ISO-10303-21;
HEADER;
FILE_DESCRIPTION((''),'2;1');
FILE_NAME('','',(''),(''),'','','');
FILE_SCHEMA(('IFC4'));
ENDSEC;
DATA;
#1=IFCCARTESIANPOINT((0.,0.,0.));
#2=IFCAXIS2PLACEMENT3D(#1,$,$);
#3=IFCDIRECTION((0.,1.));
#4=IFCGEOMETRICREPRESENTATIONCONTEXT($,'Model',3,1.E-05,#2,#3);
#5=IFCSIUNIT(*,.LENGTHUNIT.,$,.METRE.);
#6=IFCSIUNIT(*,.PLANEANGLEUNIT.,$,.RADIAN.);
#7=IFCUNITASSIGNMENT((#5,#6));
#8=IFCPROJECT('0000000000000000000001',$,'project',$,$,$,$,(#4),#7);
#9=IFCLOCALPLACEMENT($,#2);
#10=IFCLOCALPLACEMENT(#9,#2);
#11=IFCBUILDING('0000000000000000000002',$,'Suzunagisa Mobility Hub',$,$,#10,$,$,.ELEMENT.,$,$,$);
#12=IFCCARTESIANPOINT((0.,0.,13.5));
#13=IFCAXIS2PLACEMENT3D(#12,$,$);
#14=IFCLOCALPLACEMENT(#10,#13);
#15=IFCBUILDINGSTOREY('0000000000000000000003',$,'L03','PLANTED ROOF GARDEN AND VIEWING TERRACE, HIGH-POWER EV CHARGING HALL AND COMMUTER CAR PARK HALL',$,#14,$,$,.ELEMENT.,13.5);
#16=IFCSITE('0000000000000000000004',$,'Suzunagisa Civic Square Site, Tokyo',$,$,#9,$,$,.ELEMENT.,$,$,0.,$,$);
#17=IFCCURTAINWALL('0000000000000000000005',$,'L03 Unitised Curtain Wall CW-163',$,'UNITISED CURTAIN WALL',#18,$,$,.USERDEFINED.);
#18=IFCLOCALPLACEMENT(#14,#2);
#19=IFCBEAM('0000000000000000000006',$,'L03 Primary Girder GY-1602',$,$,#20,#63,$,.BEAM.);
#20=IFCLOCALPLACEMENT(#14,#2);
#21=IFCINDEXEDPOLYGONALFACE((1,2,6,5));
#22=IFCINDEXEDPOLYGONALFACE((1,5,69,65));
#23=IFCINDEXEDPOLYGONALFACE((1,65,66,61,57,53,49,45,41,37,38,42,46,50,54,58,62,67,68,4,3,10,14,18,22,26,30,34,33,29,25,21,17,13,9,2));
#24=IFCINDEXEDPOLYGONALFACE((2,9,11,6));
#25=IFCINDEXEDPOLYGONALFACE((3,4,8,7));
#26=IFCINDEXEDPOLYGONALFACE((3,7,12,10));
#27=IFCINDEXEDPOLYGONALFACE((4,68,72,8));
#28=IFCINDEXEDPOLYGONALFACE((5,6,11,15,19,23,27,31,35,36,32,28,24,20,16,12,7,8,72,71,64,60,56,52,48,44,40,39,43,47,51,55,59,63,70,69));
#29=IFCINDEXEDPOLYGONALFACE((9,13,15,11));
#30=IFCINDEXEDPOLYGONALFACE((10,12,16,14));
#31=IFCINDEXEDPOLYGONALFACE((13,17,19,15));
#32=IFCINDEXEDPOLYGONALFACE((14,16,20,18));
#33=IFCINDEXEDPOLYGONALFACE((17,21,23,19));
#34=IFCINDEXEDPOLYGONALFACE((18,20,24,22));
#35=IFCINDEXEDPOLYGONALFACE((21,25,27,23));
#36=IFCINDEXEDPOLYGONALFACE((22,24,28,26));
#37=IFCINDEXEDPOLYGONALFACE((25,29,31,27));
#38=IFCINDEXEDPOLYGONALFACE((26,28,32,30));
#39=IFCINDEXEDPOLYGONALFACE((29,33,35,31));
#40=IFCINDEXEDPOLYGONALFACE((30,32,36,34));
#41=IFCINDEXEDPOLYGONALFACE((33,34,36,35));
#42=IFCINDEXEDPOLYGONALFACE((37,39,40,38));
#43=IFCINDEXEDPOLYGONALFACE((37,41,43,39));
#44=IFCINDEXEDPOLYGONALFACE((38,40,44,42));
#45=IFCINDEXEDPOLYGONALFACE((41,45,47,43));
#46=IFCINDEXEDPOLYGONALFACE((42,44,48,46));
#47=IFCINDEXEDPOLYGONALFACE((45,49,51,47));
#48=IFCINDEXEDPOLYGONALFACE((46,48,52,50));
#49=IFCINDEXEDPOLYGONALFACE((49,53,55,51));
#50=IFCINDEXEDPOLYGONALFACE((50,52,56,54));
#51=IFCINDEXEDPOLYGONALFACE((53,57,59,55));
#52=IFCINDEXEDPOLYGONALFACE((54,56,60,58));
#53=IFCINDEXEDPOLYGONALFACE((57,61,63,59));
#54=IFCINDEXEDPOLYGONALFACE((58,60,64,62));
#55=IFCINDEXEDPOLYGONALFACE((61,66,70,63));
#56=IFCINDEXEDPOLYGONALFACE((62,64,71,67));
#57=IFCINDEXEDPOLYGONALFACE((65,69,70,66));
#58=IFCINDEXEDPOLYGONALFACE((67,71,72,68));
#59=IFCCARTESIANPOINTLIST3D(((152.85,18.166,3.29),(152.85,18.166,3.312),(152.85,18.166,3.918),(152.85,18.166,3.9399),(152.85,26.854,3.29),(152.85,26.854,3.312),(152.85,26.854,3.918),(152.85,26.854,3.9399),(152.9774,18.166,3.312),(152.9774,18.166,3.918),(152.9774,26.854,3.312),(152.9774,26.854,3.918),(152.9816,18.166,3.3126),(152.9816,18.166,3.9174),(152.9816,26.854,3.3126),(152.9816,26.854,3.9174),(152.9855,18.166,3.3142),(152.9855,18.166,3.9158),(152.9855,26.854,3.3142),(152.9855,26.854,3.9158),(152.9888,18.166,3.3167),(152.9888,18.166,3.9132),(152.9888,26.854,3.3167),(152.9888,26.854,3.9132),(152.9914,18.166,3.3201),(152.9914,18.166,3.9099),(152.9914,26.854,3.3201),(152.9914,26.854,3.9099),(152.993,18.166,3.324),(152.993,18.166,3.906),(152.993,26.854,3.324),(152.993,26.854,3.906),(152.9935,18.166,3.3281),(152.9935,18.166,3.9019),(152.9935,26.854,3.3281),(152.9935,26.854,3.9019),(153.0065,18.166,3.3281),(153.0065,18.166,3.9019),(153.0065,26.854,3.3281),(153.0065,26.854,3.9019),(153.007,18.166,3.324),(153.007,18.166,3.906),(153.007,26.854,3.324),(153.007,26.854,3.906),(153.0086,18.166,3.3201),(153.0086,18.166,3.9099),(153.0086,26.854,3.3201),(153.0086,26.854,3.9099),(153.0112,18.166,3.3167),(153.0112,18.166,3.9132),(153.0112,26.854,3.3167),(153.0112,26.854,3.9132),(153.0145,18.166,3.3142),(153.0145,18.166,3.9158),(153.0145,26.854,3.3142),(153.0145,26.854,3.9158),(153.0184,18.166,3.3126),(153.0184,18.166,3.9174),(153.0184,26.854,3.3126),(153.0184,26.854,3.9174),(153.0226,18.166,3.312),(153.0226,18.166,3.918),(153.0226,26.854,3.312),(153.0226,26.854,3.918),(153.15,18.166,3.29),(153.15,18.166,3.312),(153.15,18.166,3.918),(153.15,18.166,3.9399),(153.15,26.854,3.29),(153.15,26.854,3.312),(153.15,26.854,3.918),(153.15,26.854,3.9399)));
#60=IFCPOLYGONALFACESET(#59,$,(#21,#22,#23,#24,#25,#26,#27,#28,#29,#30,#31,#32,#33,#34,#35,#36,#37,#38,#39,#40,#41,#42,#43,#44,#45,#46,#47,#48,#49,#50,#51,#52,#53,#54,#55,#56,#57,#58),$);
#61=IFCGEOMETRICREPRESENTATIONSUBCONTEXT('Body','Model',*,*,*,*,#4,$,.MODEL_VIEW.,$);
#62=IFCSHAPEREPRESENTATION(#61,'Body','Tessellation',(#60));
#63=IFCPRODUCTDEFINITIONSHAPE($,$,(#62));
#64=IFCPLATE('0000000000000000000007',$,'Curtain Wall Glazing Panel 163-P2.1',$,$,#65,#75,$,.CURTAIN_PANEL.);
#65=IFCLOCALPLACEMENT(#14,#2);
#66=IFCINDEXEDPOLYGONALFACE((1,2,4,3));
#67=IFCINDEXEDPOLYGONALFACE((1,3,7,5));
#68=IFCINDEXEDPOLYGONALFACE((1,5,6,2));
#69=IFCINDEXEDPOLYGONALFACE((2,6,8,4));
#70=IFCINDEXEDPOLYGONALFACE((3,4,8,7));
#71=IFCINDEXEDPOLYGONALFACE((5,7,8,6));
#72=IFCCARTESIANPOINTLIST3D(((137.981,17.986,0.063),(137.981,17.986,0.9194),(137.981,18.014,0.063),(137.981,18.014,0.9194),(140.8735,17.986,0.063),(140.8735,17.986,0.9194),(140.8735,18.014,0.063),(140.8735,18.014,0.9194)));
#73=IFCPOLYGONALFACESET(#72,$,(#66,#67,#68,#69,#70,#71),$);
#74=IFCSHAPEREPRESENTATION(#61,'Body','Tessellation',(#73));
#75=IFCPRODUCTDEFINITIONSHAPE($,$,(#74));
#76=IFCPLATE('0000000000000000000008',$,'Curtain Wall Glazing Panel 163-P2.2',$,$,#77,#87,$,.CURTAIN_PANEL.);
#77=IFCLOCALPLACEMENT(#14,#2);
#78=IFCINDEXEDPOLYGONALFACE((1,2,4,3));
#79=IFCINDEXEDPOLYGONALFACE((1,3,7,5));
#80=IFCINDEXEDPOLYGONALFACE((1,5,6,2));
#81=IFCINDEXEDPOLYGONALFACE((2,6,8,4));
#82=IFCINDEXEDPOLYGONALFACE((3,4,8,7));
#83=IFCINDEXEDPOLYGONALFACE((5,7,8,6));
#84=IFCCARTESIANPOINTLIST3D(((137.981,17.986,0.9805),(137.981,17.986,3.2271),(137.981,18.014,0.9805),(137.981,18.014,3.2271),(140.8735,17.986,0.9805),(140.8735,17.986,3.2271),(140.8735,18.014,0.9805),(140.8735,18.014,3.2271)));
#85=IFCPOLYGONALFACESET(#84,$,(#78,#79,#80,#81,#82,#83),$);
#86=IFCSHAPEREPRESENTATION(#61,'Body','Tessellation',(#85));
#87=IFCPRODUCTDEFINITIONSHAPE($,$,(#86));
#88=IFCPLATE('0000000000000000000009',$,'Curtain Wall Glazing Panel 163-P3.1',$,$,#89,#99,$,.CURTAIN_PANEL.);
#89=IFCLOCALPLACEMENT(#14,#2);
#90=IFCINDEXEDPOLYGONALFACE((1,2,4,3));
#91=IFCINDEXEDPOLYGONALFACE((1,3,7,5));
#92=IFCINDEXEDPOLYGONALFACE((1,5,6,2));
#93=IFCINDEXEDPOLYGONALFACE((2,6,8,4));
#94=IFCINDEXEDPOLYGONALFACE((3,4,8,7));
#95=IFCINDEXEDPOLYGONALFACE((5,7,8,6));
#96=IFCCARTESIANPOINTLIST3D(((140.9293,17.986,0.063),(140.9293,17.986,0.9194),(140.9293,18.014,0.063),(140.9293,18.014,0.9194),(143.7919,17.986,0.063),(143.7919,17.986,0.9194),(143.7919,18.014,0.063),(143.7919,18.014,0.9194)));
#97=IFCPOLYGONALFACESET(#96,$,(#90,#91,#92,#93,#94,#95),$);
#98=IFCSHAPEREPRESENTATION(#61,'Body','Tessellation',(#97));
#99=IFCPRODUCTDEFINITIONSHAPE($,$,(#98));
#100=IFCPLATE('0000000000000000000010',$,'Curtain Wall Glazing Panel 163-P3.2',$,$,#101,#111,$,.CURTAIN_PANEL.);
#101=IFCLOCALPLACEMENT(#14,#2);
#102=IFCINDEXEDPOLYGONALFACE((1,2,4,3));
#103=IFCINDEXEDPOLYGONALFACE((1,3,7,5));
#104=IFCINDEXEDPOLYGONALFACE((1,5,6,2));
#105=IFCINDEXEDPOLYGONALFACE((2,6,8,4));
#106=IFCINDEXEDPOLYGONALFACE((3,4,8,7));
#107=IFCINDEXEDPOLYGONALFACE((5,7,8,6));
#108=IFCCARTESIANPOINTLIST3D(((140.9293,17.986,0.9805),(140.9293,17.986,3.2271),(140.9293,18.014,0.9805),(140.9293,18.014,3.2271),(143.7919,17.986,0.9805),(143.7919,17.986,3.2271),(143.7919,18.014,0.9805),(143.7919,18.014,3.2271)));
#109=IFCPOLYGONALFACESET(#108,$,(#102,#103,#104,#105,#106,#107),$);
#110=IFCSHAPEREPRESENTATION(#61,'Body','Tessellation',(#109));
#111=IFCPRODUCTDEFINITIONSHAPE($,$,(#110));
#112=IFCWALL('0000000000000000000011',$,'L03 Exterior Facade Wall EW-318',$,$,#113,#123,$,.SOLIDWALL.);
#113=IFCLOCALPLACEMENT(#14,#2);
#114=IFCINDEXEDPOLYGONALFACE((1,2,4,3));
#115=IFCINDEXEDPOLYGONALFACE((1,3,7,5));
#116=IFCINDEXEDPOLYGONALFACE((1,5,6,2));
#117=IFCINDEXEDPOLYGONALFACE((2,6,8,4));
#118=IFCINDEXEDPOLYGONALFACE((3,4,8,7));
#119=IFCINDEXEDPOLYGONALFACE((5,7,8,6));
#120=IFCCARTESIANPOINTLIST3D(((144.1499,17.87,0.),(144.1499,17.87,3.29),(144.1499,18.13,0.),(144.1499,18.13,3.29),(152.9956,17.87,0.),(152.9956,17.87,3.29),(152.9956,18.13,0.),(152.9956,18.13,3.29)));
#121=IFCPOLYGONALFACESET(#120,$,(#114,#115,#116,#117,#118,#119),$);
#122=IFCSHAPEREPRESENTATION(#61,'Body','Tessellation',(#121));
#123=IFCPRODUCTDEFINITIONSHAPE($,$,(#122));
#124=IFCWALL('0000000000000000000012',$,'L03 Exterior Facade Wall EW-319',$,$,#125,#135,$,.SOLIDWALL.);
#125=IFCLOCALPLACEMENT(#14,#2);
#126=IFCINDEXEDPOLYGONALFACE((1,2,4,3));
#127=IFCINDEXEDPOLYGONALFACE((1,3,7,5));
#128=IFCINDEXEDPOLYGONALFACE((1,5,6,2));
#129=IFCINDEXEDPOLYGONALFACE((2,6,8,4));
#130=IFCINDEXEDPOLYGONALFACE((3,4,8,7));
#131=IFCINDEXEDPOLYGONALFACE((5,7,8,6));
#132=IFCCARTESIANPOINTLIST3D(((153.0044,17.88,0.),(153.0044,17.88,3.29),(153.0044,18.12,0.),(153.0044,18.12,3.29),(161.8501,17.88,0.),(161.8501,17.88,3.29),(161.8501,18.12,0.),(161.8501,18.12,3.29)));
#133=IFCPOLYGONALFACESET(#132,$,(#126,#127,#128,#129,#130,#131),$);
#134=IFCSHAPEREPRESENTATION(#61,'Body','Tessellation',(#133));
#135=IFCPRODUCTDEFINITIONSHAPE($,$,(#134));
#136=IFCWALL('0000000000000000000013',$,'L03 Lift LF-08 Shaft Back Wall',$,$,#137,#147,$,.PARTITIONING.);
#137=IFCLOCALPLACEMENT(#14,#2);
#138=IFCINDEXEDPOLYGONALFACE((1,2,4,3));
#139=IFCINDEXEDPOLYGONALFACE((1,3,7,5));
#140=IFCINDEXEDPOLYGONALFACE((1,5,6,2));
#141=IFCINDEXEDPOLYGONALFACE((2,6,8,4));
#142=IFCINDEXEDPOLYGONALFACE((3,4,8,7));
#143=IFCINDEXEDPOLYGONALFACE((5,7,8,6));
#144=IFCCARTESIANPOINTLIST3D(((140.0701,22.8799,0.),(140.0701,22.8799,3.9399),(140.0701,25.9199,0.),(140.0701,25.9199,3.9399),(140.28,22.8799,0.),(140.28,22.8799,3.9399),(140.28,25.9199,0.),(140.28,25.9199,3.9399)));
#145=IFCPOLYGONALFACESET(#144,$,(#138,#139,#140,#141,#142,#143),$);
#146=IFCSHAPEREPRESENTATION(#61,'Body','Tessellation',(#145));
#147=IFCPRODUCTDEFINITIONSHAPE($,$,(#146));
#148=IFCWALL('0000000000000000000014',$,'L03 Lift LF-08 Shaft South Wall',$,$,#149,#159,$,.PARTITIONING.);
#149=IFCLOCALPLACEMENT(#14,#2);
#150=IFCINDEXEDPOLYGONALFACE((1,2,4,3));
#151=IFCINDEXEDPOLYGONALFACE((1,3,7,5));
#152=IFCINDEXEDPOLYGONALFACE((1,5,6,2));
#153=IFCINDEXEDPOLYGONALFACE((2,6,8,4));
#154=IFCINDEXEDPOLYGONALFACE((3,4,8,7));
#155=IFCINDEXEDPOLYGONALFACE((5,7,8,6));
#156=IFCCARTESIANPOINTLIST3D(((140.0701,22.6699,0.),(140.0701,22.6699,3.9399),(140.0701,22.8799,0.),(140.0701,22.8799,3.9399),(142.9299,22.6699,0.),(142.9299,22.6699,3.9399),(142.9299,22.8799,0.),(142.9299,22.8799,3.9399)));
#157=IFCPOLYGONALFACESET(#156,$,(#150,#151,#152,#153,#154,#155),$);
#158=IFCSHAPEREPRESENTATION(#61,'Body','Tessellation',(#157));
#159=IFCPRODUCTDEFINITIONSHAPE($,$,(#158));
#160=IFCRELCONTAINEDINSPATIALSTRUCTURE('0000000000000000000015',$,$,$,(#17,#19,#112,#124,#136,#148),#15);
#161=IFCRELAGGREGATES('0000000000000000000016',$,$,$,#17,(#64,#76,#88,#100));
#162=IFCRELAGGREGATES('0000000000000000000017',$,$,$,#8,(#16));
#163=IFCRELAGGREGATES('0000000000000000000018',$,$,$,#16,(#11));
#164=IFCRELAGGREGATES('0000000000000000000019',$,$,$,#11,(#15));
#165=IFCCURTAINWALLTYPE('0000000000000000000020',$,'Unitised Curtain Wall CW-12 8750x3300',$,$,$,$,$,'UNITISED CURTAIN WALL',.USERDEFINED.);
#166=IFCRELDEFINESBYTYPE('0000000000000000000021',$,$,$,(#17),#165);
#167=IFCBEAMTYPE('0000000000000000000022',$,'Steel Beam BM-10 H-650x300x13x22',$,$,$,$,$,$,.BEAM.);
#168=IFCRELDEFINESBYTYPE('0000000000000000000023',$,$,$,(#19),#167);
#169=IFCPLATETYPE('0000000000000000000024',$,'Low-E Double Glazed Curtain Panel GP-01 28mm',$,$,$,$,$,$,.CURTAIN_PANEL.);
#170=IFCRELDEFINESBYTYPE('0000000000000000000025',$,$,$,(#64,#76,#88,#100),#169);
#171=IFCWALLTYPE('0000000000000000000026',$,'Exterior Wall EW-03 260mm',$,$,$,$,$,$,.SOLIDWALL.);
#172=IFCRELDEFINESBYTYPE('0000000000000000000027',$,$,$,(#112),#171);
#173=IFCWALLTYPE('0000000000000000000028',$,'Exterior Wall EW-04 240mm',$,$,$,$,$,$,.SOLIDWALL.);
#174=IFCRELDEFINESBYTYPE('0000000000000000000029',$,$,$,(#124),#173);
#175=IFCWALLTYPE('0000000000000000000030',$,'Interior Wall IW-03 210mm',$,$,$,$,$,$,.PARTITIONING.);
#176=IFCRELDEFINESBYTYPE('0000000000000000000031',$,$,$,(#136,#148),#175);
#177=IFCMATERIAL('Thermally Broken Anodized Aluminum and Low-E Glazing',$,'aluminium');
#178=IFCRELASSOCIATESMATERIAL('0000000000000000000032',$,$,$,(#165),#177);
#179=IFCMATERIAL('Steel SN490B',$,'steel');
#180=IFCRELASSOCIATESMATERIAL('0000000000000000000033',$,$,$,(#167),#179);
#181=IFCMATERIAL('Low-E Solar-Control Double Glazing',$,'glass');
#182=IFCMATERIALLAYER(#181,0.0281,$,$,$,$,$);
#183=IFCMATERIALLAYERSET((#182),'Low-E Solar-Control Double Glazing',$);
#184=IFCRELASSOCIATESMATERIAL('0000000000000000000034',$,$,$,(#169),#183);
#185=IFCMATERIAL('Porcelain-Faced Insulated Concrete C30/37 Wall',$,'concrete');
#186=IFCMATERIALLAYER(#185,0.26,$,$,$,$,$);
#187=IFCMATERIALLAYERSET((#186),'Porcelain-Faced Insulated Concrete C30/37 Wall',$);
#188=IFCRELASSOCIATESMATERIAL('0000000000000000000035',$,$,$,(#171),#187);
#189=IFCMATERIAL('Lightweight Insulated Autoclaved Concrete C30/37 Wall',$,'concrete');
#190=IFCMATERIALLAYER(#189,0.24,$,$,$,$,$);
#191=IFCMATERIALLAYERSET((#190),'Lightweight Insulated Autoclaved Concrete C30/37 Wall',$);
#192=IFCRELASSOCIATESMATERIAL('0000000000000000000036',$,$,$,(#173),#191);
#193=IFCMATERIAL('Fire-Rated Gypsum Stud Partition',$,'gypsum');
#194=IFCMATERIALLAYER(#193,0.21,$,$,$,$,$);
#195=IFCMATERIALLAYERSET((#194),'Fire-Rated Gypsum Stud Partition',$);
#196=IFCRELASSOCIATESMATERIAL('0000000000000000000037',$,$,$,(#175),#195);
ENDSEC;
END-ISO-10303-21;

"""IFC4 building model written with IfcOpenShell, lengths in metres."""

from ifc_helpers import new_model, si_unit, direction, frame, frame_2d, origin, origin_2d, place, context, subcontext, project, spatial, rectangle, i_section, extrude, material, layer, layer_set, material_profile, profile_set, type_object, element, aggregate, save


model = new_model("IFC4")

# Units and contexts
model_context = context("Model", 3, precision=1e-05, world=origin(), true_north=direction((0.0, 1.0)))
body_context = subcontext(model_context, "Body", "Model", "MODEL_VIEW")
ifc_project = project(units=[si_unit("LENGTHUNIT", "METRE"), si_unit("PLANEANGLEUNIT", "RADIAN")], contexts=[model_context])

# Site, building, storey
site_placement = place(None, origin())
site = spatial("IfcSite", under=ifc_project, at=site_placement, Name="Suzunagisa Civic Square Site, Tokyo", CompositionType="ELEMENT", RefElevation=0.0)
building_placement = place(site_placement, origin())
building = spatial("IfcBuilding", under=site, at=building_placement, Name="Suzunagisa Mobility Hub", CompositionType="ELEMENT")
storey_placement = place(building_placement, frame((0.0, 0.0, 13.5)))
storey = spatial("IfcBuildingStorey", under=building, at=storey_placement, Name="L03", Description="PLANTED ROOF GARDEN AND VIEWING TERRACE, HIGH-POWER EV CHARGING HALL AND COMMUTER CAR PARK HALL", CompositionType="ELEMENT", Elevation=13.5)

# Shared definitions
ifc_material_1 = material(Name="Steel SN490B", Category="steel")

# Curtain wall
ifc_material_2 = material(Name="Thermally Broken Anodized Aluminum and Low-E Glazing", Category="aluminium")
curtain_wall_type = type_object("IfcCurtainWallType", Name="Unitised Curtain Wall CW-12 8750x3300", ElementType="UNITISED CURTAIN WALL", PredefinedType="USERDEFINED", material=ifc_material_2)
curtain_wall_placement = place(storey_placement, origin())
curtain_wall = element("IfcCurtainWall", 1, at=curtain_wall_placement, inside=storey, type_object=curtain_wall_type, Name="L03 Unitised Curtain Wall CW-163", ObjectType="UNITISED CURTAIN WALL", PredefinedType="USERDEFINED")

# Beam
ifc_material_profile_1 = material_profile(ifc_material_1, i_section(OverallWidth=0.3, OverallDepth=0.6499, WebThickness=0.0129, FlangeThickness=0.022, FilletRadius=0.0161, at=origin_2d()), Name="H-650x300x13x22")
ifc_profile_set_1 = profile_set([ifc_material_profile_1], Name="Steel SN490B")
beam_type_1 = type_object("IfcBeamType", Name="Steel Beam BM-10 H-650x300x13x22", PredefinedType="BEAM", material=ifc_profile_set_1)
for number, where, z_axis, x_axis, name in (
    (2, (153.0, 18.166, 3.615), (0.0, 1.0, 0.0), (-1.0, 0.0, 0.0), "L03 Primary Girder GY-1602"),
):
    element("IfcBeam", number, at=place(storey_placement, frame(where, z_axis=z_axis, x_axis=x_axis)), inside=storey, type_object=beam_type_1, Name=name, PredefinedType="BEAM", context=body_context, shape_type="SweptSolid", body=[
        extrude(i_section(OverallWidth=0.3, OverallDepth=0.6499, WebThickness=0.0129, FlangeThickness=0.022, FilletRadius=0.0161, at=origin_2d()), origin(), (0.0, 0.0, 1.0), 8.688),
    ])

# Plates
ifc_material_3 = material(Name="Low-E Solar-Control Double Glazing", Category="glass")
ifc_layer_1 = layer(ifc_material_3, 0.0281)
ifc_layer_set_1 = layer_set([ifc_layer_1], Name="Low-E Solar-Control Double Glazing")
plate_type = type_object("IfcPlateType", Name="Low-E Double Glazed Curtain Panel GP-01 28mm", PredefinedType="CURTAIN_PANEL", material=ifc_layer_set_1)
plate_1_placement = place(storey_placement, frame((139.4272, 18.0, 0.063), z_axis=(0.0, 0.0, 1.0), x_axis=(1.0, 0.0, 0.0)))
plate_1 = element("IfcPlate", 3, at=plate_1_placement, type_object=plate_type, Name="Curtain Wall Glazing Panel 163-P2.1", PredefinedType="CURTAIN_PANEL", context=body_context, shape_type="SweptSolid", body=[
    extrude(rectangle(XDim=2.8926, YDim=0.0281, at=origin_2d()), origin(), (0.0, 0.0, 1.0), 0.8564),
])
plate_2_placement = place(storey_placement, frame((139.4272, 18.0, 0.9805), z_axis=(0.0, 0.0, 1.0), x_axis=(1.0, 0.0, 0.0)))
plate_2 = element("IfcPlate", 4, at=plate_2_placement, type_object=plate_type, Name="Curtain Wall Glazing Panel 163-P2.2", PredefinedType="CURTAIN_PANEL", context=body_context, shape_type="SweptSolid", body=[
    extrude(rectangle(XDim=2.8926, YDim=0.0281, at=origin_2d()), origin(), (0.0, 0.0, 1.0), 2.2466),
])
plate_3_placement = place(storey_placement, frame((142.3606, 18.0, 0.063), z_axis=(0.0, 0.0, 1.0), x_axis=(1.0, 0.0, 0.0)))
plate_3 = element("IfcPlate", 5, at=plate_3_placement, type_object=plate_type, Name="Curtain Wall Glazing Panel 163-P3.1", PredefinedType="CURTAIN_PANEL", context=body_context, shape_type="SweptSolid", body=[
    extrude(rectangle(XDim=2.8625, YDim=0.0281, at=origin_2d()), origin(), (0.0, 0.0, 1.0), 0.8564),
])
plate_4_placement = place(storey_placement, frame((142.3606, 18.0, 0.9805), z_axis=(0.0, 0.0, 1.0), x_axis=(1.0, 0.0, 0.0)))
plate_4 = element("IfcPlate", 6, at=plate_4_placement, type_object=plate_type, Name="Curtain Wall Glazing Panel 163-P3.2", PredefinedType="CURTAIN_PANEL", context=body_context, shape_type="SweptSolid", body=[
    extrude(rectangle(XDim=2.8625, YDim=0.0281, at=origin_2d()), origin(), (0.0, 0.0, 1.0), 2.2466),
])
aggregate(curtain_wall, [plate_1, plate_2, plate_3, plate_4])

# Walls
ifc_material_4 = material(Name="Porcelain-Faced Insulated Concrete C30/37 Wall", Category="concrete")
ifc_layer_2 = layer(ifc_material_4, 0.26)
ifc_layer_set_2 = layer_set([ifc_layer_2], Name="Porcelain-Faced Insulated Concrete C30/37 Wall")
wall_type_1 = type_object("IfcWallType", Name="Exterior Wall EW-03 260mm", PredefinedType="SOLIDWALL", material=ifc_layer_set_2)
wall_1_placement = place(storey_placement, frame((144.1499, 18.0, 0.0), z_axis=(0.0, 0.0, 1.0), x_axis=(1.0, 0.0, 0.0)))
element("IfcWall", 7, at=wall_1_placement, inside=storey, type_object=wall_type_1, Name="L03 Exterior Facade Wall EW-318", PredefinedType="SOLIDWALL", context=body_context, shape_type="SweptSolid", body=[
    extrude(rectangle(XDim=8.8457, YDim=0.26, at=frame_2d((4.4229, 0.0))), origin(), (0.0, 0.0, 1.0), 3.29),
])
ifc_material_5 = material(Name="Lightweight Insulated Autoclaved Concrete C30/37 Wall", Category="concrete")
ifc_layer_3 = layer(ifc_material_5, 0.24)
ifc_layer_set_3 = layer_set([ifc_layer_3], Name="Lightweight Insulated Autoclaved Concrete C30/37 Wall")
wall_type_2 = type_object("IfcWallType", Name="Exterior Wall EW-04 240mm", PredefinedType="SOLIDWALL", material=ifc_layer_set_3)
wall_2_placement = place(storey_placement, frame((153.0044, 18.0, 0.0), z_axis=(0.0, 0.0, 1.0), x_axis=(1.0, 0.0, 0.0)))
element("IfcWall", 8, at=wall_2_placement, inside=storey, type_object=wall_type_2, Name="L03 Exterior Facade Wall EW-319", PredefinedType="SOLIDWALL", context=body_context, shape_type="SweptSolid", body=[
    extrude(rectangle(XDim=8.8457, YDim=0.24, at=frame_2d((4.4229, 0.0))), origin(), (0.0, 0.0, 1.0), 3.29),
])

# Shared definitions
ifc_material_6 = material(Name="Fire-Rated Gypsum Stud Partition", Category="gypsum")
ifc_layer_4 = layer(ifc_material_6, 0.21)
ifc_layer_set_4 = layer_set([ifc_layer_4], Name="Fire-Rated Gypsum Stud Partition")
wall_type_3 = type_object("IfcWallType", Name="Interior Wall IW-03 210mm", PredefinedType="PARTITIONING", material=ifc_layer_set_4)

# Walls
wall_3_placement = place(storey_placement, frame((140.175, 22.8799, 0.0), z_axis=(0.0, 0.0, 1.0), x_axis=(0.0, 1.0, 0.0)))
element("IfcWall", 9, at=wall_3_placement, inside=storey, type_object=wall_type_3, Name="L03 Lift LF-08 Shaft Back Wall", PredefinedType="PARTITIONING", context=body_context, shape_type="SweptSolid", body=[
    extrude(rectangle(XDim=3.04, YDim=0.21, at=frame_2d((1.52, 0.0))), origin(), (0.0, 0.0, 1.0), 3.9399),
])
wall_4_placement = place(storey_placement, frame((140.0701, 22.7749, 0.0), z_axis=(0.0, 0.0, 1.0), x_axis=(1.0, 0.0, 0.0)))
element("IfcWall", 10, at=wall_4_placement, inside=storey, type_object=wall_type_3, Name="L03 Lift LF-08 Shaft South Wall", PredefinedType="PARTITIONING", context=body_context, shape_type="SweptSolid", body=[
    extrude(rectangle(XDim=2.8599, YDim=0.21, at=frame_2d((1.4299, 0.0))), origin(), (0.0, 0.0, 1.0), 3.9399),
])

save(model, "model.ifc")
